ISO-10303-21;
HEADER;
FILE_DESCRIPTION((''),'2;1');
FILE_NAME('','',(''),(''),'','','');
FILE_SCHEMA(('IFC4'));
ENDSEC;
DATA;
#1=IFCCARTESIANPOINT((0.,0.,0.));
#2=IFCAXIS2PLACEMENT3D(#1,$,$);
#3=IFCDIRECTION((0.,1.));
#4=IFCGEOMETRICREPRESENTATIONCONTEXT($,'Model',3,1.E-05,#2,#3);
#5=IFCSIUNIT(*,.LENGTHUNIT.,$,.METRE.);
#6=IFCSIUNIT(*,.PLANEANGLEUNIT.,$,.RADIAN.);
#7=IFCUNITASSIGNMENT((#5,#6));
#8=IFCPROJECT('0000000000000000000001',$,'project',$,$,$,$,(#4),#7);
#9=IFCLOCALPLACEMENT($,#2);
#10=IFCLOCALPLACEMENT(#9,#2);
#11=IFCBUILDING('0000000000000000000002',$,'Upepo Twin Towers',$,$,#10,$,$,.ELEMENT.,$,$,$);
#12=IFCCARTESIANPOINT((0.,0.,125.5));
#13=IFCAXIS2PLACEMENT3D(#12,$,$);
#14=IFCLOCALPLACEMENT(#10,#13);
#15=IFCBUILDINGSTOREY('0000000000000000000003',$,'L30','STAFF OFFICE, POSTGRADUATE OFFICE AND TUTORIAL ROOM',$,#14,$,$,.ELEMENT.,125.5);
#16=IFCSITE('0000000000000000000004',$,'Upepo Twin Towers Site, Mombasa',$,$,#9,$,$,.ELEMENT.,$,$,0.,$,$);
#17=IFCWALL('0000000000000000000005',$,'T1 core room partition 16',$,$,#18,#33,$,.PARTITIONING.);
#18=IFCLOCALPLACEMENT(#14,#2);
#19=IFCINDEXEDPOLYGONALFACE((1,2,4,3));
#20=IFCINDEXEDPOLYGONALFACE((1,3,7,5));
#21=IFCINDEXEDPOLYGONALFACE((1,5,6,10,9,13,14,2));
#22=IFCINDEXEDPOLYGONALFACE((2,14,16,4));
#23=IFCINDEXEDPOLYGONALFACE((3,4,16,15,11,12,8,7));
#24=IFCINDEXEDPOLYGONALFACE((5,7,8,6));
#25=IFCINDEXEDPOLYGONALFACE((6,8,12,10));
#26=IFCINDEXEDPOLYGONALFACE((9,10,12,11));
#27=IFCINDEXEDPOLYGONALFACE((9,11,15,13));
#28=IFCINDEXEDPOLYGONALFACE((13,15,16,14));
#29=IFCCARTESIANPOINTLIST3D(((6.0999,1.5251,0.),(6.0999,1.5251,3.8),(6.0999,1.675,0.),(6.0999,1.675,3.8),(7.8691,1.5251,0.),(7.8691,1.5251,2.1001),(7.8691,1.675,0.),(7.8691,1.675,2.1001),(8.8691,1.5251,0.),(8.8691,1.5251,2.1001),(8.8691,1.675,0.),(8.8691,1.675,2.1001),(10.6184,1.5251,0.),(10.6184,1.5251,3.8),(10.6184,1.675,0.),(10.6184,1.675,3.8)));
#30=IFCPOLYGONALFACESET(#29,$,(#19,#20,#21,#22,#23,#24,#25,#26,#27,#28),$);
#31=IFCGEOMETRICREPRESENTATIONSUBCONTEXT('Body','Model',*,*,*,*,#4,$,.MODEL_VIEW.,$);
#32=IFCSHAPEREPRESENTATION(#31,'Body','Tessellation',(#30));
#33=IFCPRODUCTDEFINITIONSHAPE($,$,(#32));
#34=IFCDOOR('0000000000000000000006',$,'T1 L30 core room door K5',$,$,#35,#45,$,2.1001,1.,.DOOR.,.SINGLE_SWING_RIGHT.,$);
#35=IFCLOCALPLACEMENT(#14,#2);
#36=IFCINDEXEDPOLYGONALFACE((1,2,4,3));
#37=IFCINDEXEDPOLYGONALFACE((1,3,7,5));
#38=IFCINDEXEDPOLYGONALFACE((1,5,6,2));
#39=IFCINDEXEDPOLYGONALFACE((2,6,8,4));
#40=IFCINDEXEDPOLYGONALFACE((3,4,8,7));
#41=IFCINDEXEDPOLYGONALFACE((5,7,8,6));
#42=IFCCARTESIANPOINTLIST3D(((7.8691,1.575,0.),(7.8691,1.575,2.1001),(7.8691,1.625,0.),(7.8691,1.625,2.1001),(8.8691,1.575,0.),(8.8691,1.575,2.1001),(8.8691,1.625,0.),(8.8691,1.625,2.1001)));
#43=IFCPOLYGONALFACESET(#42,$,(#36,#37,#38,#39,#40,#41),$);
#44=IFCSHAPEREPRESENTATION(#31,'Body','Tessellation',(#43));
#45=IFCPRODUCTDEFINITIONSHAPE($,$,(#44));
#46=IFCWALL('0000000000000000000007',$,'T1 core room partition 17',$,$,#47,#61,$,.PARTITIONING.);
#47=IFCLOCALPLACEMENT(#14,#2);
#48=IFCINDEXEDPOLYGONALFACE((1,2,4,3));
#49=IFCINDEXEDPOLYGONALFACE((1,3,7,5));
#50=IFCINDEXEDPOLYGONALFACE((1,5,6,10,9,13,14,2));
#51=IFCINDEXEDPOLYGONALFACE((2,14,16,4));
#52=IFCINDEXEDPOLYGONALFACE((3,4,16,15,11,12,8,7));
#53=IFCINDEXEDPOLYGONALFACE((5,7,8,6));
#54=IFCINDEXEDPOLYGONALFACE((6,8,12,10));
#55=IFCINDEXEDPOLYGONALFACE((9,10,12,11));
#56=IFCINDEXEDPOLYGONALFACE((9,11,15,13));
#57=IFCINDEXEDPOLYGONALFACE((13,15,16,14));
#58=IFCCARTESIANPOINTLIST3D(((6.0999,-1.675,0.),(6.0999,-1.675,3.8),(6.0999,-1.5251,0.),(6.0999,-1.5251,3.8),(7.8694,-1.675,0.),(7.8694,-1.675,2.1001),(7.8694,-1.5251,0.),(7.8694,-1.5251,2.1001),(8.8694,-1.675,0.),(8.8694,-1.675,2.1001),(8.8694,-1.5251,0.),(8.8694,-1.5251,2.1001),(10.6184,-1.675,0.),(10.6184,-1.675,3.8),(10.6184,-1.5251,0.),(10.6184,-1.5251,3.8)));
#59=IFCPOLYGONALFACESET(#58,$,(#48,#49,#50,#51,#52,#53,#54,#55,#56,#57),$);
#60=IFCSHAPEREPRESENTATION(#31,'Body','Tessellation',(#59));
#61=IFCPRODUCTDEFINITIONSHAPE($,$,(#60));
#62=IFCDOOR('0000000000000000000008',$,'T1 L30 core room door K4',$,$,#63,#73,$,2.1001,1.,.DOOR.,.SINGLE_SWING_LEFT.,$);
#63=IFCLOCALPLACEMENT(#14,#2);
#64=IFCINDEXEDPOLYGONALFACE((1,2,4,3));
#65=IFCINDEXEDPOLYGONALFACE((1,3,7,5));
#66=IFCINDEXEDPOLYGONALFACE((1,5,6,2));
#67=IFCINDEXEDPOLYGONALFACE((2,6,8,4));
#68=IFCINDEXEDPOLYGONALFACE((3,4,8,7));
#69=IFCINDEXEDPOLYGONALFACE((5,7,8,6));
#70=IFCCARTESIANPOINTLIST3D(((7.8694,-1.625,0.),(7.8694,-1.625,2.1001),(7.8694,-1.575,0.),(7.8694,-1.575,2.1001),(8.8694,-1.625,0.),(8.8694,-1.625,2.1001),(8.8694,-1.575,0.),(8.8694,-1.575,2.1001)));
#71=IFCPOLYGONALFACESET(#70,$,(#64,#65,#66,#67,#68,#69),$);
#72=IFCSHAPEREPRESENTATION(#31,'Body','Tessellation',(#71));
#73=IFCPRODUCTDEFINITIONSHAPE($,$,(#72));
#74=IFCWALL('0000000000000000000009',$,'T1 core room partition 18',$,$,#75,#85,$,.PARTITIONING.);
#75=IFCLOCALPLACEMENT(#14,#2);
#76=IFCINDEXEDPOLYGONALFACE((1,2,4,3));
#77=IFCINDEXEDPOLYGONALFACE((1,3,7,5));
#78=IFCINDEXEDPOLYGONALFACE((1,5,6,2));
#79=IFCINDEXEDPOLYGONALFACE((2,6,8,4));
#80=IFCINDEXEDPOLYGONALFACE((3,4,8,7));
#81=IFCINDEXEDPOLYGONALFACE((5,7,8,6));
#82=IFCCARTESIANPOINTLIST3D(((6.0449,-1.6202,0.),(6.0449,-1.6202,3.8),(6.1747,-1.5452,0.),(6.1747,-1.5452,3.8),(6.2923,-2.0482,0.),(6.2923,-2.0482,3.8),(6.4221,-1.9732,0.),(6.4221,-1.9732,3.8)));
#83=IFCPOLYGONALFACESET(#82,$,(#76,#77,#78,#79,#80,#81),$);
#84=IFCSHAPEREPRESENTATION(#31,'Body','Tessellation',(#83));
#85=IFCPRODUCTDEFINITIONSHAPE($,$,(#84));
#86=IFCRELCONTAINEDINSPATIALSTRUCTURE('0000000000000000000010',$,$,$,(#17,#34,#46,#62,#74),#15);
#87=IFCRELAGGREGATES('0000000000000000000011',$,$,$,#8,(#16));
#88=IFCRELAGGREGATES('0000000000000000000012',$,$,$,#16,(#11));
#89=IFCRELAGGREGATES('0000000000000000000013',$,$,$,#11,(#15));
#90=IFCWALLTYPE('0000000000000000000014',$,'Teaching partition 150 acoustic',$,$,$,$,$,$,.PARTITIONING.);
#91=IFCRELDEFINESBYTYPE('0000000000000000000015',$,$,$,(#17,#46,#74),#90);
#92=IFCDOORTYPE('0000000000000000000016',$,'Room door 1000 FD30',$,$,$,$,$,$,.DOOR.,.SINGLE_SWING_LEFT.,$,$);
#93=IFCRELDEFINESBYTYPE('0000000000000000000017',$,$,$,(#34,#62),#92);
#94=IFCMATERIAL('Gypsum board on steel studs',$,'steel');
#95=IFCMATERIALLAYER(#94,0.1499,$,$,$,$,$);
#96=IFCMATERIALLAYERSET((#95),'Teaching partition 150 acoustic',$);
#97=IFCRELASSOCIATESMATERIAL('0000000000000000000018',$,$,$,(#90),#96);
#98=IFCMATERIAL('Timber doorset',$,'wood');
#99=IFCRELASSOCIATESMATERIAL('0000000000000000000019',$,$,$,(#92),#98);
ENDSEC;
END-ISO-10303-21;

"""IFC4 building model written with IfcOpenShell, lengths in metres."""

from ifc_helpers import new_model, si_unit, direction, frame, frame_2d, origin, place, context, subcontext, project, spatial, rectangle, extrude, material, layer, layer_set, type_object, element, fill, save


model = new_model("IFC4")

# Units and contexts
model_context = context("Model", 3, precision=1e-05, world=origin(), true_north=direction((0.0, 1.0)))
body_context = subcontext(model_context, "Body", "Model", "MODEL_VIEW")
ifc_project = project(units=[si_unit("LENGTHUNIT", "METRE"), si_unit("PLANEANGLEUNIT", "RADIAN")], contexts=[model_context])

# Site, building, storey
site_placement = place(None, origin())
site = spatial("IfcSite", under=ifc_project, at=site_placement, Name="Upepo Twin Towers Site, Mombasa", CompositionType="ELEMENT", RefElevation=0.0)
building_placement = place(site_placement, origin())
building = spatial("IfcBuilding", under=site, at=building_placement, Name="Upepo Twin Towers", CompositionType="ELEMENT")
storey_placement = place(building_placement, frame((0.0, 0.0, 125.5)))
storey = spatial("IfcBuildingStorey", under=building, at=storey_placement, Name="L30", Description="STAFF OFFICE, POSTGRADUATE OFFICE AND TUTORIAL ROOM", CompositionType="ELEMENT", Elevation=125.5)

# Shared definitions
ifc_material_1 = material(Name="Gypsum board on steel studs", Category="steel")
ifc_layer_1 = layer(ifc_material_1, 0.1499)
ifc_layer_set_1 = layer_set([ifc_layer_1], Name="Teaching partition 150 acoustic")
wall_type_1 = type_object("IfcWallType", Name="Teaching partition 150 acoustic", PredefinedType="PARTITIONING", material=ifc_layer_set_1)

# Walls, openings, doors
wall_1_placement = place(storey_placement, frame((6.0999, 1.6001, 0.0), z_axis=(0.0, 0.0, 1.0), x_axis=(1.0, 0.0, 0.0)))
wall_1 = element("IfcWall", 1, at=wall_1_placement, inside=storey, type_object=wall_type_1, Name="T1 core room partition 16", PredefinedType="PARTITIONING", context=body_context, shape_type="SweptSolid", body=[
    extrude(rectangle(XDim=4.5186, YDim=0.1499, at=frame_2d((2.2593, 0.0))), origin(), (0.0, 0.0, 1.0), 3.8),
])
opening_1_placement = place(wall_1_placement, frame((1.7693, 0.0, 0.0)))
opening_1 = element("IfcOpeningElement", 2, at=opening_1_placement, cuts=wall_1, PredefinedType="OPENING", context=body_context, shape_type="SweptSolid", body=[
    extrude(rectangle(XDim=1.0, YDim=2.1001, at=frame_2d((0.5, 1.05))), frame((0.0, 0.085, 0.0), z_axis=(0.0, -1.0, 0.0), x_axis=(1.0, 0.0, 0.0)), (0.0, 0.0, 1.0), 0.1699),
])
ifc_material_2 = material(Name="Timber doorset", Category="wood")
door_type_1 = type_object("IfcDoorType", Name="Room door 1000 FD30", OperationType="SINGLE_SWING_LEFT", PredefinedType="DOOR", material=ifc_material_2)
door_1_placement = place(opening_1_placement, origin())
door_1 = element("IfcDoor", 3, at=door_1_placement, inside=storey, type_object=door_type_1, Name="T1 L30 core room door K5", OperationType="SINGLE_SWING_RIGHT", OverallHeight=2.1001, OverallWidth=1.0, PredefinedType="DOOR", context=body_context, shape_type="SweptSolid", body=[
    extrude(rectangle(XDim=1.0, YDim=2.1001, at=frame_2d((0.5, 1.05))), frame((0.0, 0.0249, 0.0), z_axis=(0.0, -1.0, 0.0), x_axis=(1.0, 0.0, 0.0)), (0.0, 0.0, 1.0), 0.05),
])
fill(opening_1, door_1)
wall_2_placement = place(storey_placement, frame((10.6184, -1.6001, 0.0), z_axis=(0.0, 0.0, 1.0), x_axis=(-1.0, 0.0, 0.0)))
wall_2 = element("IfcWall", 4, at=wall_2_placement, inside=storey, type_object=wall_type_1, Name="T1 core room partition 17", PredefinedType="PARTITIONING", context=body_context, shape_type="SweptSolid", body=[
    extrude(rectangle(XDim=4.5186, YDim=0.1499, at=frame_2d((2.2593, 0.0))), origin(), (0.0, 0.0, 1.0), 3.8),
])
opening_2_placement = place(wall_2_placement, frame((1.749, 0.0, 0.0)))
opening_2 = element("IfcOpeningElement", 5, at=opening_2_placement, cuts=wall_2, PredefinedType="OPENING", context=body_context, shape_type="SweptSolid", body=[
    extrude(rectangle(XDim=1.0, YDim=2.1001, at=frame_2d((0.5, 1.05))), frame((0.0, 0.085, 0.0), z_axis=(0.0, -1.0, 0.0), x_axis=(1.0, 0.0, 0.0)), (0.0, 0.0, 1.0), 0.1699),
])
door_2_placement = place(opening_2_placement, origin())
door_2 = element("IfcDoor", 6, at=door_2_placement, inside=storey, type_object=door_type_1, Name="T1 L30 core room door K4", OperationType="SINGLE_SWING_LEFT", OverallHeight=2.1001, OverallWidth=1.0, PredefinedType="DOOR", context=body_context, shape_type="SweptSolid", body=[
    extrude(rectangle(XDim=1.0, YDim=2.1001, at=frame_2d((0.5, 1.05))), frame((0.0, 0.0249, 0.0), z_axis=(0.0, -1.0, 0.0), x_axis=(1.0, 0.0, 0.0)), (0.0, 0.0, 1.0), 0.05),
])
fill(opening_2, door_2)

# Wall
wall_3_placement = place(storey_placement, frame((6.1099, -1.5828, 0.0), z_axis=(0.0, 0.0, 1.0), x_axis=(0.500335, -0.865832, 0.0)))
element("IfcWall", 7, at=wall_3_placement, inside=storey, type_object=wall_type_1, Name="T1 core room partition 18", PredefinedType="PARTITIONING", context=body_context, shape_type="SweptSolid", body=[
    extrude(rectangle(XDim=0.4944, YDim=0.1499, at=frame_2d((0.2471, 0.0))), origin(), (0.0, 0.0, 1.0), 3.8),
])

save(model, "model.ifc")
